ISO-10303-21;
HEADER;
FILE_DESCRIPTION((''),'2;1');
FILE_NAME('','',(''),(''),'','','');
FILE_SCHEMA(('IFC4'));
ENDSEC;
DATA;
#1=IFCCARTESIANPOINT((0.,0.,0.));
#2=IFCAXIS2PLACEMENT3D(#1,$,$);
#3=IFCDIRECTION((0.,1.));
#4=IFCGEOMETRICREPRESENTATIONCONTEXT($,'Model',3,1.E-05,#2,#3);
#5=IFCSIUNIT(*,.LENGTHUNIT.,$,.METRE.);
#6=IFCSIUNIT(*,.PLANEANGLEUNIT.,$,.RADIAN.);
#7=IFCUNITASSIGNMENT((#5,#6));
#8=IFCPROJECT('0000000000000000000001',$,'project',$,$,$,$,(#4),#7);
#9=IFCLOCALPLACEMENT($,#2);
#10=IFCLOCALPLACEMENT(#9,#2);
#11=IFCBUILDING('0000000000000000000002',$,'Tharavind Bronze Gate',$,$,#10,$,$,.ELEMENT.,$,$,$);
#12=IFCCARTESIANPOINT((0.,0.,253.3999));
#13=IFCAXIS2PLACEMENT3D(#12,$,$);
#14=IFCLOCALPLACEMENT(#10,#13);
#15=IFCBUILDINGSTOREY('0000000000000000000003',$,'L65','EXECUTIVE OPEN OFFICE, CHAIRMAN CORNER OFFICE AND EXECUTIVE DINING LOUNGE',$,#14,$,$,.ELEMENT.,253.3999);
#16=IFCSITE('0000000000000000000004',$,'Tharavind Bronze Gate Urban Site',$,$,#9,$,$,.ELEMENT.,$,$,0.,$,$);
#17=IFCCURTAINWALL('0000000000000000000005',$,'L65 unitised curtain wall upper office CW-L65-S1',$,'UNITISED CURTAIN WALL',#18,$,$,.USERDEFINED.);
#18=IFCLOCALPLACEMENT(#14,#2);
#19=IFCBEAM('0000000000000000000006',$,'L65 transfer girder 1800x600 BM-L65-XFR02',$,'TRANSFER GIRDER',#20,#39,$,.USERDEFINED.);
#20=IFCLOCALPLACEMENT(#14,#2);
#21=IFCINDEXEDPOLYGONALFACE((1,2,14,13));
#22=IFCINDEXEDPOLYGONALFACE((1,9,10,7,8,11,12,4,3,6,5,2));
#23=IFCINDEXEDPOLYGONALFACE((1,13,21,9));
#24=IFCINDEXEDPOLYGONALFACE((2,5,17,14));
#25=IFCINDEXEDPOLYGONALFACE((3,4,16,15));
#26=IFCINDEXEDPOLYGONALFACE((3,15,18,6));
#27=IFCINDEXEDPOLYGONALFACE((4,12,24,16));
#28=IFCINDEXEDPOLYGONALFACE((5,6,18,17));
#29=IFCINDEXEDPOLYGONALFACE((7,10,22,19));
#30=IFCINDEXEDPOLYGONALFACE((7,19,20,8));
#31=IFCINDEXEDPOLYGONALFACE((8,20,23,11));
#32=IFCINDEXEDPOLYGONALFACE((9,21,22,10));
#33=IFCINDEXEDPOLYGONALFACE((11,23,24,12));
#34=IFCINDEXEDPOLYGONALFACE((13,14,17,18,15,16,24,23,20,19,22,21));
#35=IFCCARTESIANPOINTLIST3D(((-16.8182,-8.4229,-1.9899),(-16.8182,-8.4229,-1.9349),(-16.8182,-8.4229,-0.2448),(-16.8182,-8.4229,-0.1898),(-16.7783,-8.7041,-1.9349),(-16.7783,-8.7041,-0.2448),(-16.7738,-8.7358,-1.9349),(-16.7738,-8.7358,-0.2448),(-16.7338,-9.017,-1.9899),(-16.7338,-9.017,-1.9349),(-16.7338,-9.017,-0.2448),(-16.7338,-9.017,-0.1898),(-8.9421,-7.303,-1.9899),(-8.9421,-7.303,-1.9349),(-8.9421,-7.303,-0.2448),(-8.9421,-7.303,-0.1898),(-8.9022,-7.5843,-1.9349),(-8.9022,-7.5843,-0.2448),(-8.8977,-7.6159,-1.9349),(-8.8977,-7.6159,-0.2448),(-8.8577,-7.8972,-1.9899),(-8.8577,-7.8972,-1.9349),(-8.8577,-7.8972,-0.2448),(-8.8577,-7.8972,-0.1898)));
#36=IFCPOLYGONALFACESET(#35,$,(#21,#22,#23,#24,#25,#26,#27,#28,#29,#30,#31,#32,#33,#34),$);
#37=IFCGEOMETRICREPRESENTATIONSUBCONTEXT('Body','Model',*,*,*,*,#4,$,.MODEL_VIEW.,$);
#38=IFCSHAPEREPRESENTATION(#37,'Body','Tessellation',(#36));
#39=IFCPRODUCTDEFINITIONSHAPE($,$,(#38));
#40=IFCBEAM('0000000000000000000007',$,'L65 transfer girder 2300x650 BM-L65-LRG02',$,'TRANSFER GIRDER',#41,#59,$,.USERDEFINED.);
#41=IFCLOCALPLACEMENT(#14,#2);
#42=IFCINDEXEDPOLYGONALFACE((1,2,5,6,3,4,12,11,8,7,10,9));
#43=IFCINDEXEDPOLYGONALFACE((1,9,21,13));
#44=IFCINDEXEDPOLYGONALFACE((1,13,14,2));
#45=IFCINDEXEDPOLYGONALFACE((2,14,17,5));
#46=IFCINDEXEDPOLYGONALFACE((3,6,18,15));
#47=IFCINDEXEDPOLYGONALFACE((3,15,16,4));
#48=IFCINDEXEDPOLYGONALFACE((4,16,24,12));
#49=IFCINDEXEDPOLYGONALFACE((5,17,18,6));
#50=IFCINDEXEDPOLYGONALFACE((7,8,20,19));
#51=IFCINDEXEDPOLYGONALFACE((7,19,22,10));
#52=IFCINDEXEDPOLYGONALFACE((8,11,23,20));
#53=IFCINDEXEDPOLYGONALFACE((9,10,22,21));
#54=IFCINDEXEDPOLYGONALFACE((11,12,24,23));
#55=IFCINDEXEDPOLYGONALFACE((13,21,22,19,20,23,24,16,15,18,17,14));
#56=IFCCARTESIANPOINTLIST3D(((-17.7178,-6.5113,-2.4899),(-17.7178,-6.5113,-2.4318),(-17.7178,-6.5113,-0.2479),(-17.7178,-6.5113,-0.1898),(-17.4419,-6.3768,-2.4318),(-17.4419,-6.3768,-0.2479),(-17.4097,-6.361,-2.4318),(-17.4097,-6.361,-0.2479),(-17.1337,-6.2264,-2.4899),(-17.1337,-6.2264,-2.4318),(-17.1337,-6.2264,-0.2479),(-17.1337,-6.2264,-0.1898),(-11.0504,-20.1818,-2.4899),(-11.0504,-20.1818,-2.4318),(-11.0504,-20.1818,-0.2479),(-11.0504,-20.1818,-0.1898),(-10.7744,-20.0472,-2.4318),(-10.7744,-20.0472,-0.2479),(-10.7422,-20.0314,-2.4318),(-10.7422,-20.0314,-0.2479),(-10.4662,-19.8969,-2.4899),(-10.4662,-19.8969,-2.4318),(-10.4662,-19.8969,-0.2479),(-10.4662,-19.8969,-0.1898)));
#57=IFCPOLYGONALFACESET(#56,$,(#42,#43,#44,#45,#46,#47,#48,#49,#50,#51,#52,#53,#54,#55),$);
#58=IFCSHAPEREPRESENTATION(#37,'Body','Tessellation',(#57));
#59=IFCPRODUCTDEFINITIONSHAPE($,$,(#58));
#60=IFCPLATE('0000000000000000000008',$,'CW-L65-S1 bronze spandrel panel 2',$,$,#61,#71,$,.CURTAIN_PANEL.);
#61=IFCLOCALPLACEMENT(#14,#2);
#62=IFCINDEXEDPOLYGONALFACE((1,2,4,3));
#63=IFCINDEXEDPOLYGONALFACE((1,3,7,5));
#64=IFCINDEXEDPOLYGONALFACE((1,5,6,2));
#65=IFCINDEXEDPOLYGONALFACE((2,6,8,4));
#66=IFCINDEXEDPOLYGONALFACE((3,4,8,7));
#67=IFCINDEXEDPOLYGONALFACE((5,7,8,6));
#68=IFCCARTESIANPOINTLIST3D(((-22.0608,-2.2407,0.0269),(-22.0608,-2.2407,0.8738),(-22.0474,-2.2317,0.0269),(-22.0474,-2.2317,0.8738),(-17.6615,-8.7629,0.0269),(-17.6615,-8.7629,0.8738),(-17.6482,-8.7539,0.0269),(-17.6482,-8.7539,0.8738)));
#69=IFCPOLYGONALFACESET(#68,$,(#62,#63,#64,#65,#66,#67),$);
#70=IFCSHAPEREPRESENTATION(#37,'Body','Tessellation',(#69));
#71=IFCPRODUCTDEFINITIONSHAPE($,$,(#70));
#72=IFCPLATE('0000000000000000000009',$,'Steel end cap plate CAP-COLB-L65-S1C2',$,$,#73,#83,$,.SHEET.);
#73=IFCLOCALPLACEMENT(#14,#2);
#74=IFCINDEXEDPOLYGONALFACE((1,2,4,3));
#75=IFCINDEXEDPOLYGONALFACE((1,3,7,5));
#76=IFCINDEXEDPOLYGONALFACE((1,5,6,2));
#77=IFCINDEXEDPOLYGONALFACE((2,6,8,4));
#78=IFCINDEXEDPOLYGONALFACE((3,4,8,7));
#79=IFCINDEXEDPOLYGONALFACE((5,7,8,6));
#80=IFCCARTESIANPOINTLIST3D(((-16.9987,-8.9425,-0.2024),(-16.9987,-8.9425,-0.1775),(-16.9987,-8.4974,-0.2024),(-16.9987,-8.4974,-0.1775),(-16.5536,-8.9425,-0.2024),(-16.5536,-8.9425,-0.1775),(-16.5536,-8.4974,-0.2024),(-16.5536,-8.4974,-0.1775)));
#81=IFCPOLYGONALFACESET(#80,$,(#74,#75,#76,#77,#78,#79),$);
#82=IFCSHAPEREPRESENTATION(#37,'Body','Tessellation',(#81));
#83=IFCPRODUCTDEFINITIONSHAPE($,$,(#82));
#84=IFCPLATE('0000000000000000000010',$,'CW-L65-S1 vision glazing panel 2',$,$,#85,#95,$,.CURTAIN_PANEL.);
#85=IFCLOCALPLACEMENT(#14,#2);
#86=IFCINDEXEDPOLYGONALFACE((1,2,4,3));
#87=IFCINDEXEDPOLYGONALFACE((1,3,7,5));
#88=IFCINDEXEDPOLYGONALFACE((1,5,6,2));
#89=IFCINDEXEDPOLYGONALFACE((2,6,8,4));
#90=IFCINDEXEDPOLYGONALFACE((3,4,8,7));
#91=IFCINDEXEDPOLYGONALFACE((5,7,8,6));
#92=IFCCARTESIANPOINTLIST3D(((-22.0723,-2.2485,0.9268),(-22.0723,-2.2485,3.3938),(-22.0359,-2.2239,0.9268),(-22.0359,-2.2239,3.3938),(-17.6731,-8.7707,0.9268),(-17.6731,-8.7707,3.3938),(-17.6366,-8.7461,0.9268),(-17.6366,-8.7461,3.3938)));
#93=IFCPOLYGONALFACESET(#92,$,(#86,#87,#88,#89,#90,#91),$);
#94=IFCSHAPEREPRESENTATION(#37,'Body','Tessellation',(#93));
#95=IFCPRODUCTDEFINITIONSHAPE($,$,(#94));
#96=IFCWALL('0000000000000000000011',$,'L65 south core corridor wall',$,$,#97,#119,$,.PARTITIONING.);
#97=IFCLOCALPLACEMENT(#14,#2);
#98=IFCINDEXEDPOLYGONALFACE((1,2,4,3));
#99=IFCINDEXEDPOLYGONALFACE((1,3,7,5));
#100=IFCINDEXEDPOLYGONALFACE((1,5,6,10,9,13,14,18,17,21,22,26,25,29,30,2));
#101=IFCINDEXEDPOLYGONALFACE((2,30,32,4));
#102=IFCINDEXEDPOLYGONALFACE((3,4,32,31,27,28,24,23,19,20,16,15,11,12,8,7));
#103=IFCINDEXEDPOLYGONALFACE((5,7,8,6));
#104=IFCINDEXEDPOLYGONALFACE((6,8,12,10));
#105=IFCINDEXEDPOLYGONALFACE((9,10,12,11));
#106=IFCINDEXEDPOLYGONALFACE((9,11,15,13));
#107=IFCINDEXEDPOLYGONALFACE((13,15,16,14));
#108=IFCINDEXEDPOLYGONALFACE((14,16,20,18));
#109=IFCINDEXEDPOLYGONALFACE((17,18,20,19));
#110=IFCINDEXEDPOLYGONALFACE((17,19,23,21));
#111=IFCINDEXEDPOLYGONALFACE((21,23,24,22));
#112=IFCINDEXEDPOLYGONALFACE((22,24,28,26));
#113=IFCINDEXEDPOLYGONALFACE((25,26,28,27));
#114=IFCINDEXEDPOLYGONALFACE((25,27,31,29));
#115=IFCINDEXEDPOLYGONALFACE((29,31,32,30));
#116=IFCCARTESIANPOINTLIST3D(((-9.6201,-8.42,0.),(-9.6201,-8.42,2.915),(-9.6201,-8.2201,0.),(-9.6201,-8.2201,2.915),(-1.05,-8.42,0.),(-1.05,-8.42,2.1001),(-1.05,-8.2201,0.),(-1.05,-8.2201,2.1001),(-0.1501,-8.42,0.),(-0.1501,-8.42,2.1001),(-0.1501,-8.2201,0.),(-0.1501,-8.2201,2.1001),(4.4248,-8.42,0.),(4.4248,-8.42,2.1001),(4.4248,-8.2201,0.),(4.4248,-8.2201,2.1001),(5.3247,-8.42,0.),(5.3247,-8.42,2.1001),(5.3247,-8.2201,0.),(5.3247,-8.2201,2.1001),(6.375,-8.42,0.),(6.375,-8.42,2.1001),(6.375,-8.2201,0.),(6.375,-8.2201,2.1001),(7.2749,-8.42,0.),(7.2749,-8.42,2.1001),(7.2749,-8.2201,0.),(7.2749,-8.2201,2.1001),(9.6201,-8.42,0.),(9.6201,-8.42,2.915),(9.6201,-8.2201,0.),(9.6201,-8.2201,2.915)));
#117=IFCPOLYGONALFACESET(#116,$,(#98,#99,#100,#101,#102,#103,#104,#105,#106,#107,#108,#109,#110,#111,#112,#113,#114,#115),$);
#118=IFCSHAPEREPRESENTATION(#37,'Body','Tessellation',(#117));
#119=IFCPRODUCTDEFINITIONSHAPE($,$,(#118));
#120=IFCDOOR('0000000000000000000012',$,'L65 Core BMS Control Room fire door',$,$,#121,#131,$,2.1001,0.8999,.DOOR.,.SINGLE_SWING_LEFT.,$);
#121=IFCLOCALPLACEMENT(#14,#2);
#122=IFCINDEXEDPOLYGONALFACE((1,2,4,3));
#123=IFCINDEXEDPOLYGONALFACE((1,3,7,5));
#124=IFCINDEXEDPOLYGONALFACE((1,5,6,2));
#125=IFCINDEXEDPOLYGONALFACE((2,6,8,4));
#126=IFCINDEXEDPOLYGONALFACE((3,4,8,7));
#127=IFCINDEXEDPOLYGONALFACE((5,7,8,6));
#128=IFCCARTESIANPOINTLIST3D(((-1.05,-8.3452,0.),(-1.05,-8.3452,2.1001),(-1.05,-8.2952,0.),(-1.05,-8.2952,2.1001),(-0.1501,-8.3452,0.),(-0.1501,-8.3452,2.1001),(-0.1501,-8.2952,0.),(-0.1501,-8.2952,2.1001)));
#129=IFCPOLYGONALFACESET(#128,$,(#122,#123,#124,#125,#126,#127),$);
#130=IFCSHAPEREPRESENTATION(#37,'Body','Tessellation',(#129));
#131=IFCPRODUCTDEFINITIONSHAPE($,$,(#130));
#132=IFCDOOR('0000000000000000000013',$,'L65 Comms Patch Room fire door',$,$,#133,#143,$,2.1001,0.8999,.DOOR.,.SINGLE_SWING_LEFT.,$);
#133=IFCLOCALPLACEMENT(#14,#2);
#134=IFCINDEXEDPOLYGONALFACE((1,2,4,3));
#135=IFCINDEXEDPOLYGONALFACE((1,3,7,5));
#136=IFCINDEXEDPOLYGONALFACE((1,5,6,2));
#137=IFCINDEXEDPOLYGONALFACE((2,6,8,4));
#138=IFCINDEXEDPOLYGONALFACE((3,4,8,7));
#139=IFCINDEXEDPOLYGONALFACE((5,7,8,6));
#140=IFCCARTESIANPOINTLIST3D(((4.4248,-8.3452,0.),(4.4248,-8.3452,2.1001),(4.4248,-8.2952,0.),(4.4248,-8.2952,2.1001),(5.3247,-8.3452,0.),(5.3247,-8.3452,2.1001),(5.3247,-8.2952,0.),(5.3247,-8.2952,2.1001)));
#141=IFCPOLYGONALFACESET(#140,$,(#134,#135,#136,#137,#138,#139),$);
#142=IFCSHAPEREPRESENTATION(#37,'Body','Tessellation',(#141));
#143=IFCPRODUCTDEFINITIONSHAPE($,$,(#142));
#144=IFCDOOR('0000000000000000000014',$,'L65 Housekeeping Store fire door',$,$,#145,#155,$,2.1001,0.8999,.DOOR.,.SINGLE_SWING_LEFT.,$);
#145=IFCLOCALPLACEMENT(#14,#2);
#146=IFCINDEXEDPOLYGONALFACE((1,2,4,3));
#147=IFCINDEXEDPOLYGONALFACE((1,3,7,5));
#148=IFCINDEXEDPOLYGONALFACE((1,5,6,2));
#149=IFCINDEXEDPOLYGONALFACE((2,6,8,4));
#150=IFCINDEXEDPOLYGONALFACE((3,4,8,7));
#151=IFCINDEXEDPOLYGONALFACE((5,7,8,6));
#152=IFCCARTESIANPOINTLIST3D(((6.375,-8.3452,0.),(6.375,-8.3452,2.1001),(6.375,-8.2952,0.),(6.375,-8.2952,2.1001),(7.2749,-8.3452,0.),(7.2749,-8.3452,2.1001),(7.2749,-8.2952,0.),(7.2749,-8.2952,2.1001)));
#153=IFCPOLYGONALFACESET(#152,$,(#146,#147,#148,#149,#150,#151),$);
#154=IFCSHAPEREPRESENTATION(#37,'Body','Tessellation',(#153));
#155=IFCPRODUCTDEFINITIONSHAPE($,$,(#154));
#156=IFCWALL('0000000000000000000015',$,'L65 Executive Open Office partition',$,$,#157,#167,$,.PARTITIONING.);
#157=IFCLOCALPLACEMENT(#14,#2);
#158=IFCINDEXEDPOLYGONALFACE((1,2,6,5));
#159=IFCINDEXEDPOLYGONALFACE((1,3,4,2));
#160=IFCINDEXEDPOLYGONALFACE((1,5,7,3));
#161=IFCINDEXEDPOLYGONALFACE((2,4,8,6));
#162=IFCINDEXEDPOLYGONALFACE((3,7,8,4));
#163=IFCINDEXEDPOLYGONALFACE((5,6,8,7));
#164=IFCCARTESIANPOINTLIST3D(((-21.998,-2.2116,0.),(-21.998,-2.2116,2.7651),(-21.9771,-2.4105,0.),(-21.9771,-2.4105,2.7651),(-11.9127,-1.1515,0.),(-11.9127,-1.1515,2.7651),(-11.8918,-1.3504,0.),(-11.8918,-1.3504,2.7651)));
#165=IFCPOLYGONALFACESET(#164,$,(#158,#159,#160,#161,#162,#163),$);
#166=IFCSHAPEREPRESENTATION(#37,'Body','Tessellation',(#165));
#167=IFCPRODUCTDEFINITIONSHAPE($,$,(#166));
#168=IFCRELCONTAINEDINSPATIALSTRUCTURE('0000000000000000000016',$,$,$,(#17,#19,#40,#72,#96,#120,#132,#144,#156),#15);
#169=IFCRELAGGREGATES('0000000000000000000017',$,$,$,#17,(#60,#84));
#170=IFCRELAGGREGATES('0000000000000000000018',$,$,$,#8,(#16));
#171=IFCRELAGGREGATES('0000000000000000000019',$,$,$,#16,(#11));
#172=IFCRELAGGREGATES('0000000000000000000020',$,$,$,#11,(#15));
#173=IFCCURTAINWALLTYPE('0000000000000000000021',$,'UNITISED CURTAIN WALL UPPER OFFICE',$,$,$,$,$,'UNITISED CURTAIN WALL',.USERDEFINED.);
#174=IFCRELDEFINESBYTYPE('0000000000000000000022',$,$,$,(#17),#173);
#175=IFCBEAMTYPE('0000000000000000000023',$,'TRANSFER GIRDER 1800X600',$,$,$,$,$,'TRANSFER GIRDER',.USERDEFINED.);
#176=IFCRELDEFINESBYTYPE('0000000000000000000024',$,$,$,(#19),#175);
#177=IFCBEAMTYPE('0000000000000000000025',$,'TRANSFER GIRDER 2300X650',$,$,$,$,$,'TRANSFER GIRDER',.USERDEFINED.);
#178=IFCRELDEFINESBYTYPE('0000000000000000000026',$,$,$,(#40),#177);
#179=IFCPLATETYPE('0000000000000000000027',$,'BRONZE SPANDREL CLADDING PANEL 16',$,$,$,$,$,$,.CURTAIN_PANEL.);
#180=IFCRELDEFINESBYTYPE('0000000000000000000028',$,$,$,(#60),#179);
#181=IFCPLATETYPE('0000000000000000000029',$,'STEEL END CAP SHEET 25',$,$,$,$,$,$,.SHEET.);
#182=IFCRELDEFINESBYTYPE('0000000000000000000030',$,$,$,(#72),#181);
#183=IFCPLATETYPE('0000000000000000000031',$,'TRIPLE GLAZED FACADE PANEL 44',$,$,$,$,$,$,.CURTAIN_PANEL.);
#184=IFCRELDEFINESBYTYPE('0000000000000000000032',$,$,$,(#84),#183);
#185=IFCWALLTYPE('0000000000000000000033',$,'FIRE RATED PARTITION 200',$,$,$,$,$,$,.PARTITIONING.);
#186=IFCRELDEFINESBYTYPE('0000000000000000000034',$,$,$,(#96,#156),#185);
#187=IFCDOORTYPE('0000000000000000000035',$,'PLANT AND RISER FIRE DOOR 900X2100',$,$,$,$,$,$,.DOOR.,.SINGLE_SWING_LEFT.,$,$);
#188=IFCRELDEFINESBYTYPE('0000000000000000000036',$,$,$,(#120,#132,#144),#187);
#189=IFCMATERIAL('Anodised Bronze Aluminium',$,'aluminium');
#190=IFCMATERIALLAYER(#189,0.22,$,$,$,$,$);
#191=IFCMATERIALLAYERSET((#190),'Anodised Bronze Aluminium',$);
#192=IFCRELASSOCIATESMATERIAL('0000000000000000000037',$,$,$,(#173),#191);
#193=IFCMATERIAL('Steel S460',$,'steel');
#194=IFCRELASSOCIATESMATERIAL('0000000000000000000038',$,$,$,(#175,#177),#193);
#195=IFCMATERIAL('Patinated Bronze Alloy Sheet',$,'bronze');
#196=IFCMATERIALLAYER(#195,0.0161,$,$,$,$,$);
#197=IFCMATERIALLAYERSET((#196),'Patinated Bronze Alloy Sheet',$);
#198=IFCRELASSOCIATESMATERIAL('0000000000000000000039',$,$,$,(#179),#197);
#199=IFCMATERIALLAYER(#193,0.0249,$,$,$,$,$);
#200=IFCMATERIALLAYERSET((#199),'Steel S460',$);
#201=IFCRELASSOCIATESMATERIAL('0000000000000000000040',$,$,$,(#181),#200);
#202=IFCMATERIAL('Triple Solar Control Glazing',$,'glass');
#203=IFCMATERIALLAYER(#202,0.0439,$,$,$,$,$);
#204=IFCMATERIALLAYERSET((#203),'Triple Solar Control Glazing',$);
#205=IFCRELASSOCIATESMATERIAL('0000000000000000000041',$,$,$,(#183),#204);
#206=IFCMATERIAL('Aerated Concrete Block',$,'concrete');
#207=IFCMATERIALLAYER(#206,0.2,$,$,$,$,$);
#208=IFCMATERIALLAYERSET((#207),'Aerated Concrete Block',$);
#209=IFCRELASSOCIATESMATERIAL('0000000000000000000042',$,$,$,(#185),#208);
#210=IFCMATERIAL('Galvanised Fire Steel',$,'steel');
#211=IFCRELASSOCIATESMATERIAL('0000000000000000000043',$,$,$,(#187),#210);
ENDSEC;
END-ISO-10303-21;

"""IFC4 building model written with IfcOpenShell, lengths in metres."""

from ifc_helpers import new_model, si_unit, direction, frame, frame_2d, origin, origin_2d, place, context, subcontext, project, spatial, rectangle, i_section, extrude, material, layer, layer_set, material_profile, profile_set, type_object, element, fill, aggregate, save


model = new_model("IFC4")

# Units and contexts
model_context = context("Model", 3, precision=1e-05, world=origin(), true_north=direction((0.0, 1.0)))
body_context = subcontext(model_context, "Body", "Model", "MODEL_VIEW")
ifc_project = project(units=[si_unit("LENGTHUNIT", "METRE"), si_unit("PLANEANGLEUNIT", "RADIAN")], contexts=[model_context])

# Site, building, storey
site_placement = place(None, origin())
site = spatial("IfcSite", under=ifc_project, at=site_placement, Name="Tharavind Bronze Gate Urban Site", CompositionType="ELEMENT", RefElevation=0.0)
building_placement = place(site_placement, origin())
building = spatial("IfcBuilding", under=site, at=building_placement, Name="Tharavind Bronze Gate", CompositionType="ELEMENT")
storey_placement = place(building_placement, frame((0.0, 0.0, 253.3999)))
storey = spatial("IfcBuildingStorey", under=building, at=storey_placement, Name="L65", Description="EXECUTIVE OPEN OFFICE, CHAIRMAN CORNER OFFICE AND EXECUTIVE DINING LOUNGE", CompositionType="ELEMENT", Elevation=253.3999)

# Shared definitions
ifc_material_1 = material(Name="Steel S460", Category="steel")

# Curtain wall
ifc_material_2 = material(Name="Anodised Bronze Aluminium", Category="aluminium")
ifc_layer_1 = layer(ifc_material_2, 0.22)
ifc_layer_set_1 = layer_set([ifc_layer_1], Name="Anodised Bronze Aluminium")
curtain_wall_type = type_object("IfcCurtainWallType", Name="UNITISED CURTAIN WALL UPPER OFFICE", ElementType="UNITISED CURTAIN WALL", PredefinedType="USERDEFINED", material=ifc_layer_set_1)
curtain_wall_placement = place(storey_placement, origin())
curtain_wall = element("IfcCurtainWall", 1, at=curtain_wall_placement, inside=storey, type_object=curtain_wall_type, Name="L65 unitised curtain wall upper office CW-L65-S1", ObjectType="UNITISED CURTAIN WALL", PredefinedType="USERDEFINED")

# Beams
ifc_material_profile_1 = material_profile(ifc_material_1, i_section(OverallWidth=0.6001, OverallDepth=1.8, WebThickness=0.032, FlangeThickness=0.0549, at=origin_2d()), Name="PG1800X600")
ifc_profile_set_1 = profile_set([ifc_material_profile_1], Name="Steel S460")
beam_type_1 = type_object("IfcBeamType", Name="TRANSFER GIRDER 1800X600", ElementType="TRANSFER GIRDER", PredefinedType="USERDEFINED", material=ifc_profile_set_1)
beam_1_placement = place(storey_placement, frame((-8.8999, -7.6001, -1.0898), z_axis=(-0.990043, -0.140768, 0.0), x_axis=(0.140768, -0.990043, 0.0)))
element("IfcBeam", 2, at=beam_1_placement, inside=storey, type_object=beam_type_1, Name="L65 transfer girder 1800x600 BM-L65-XFR02", ObjectType="TRANSFER GIRDER", PredefinedType="USERDEFINED", context=body_context, shape_type="SweptSolid", body=[
    extrude(i_section(OverallWidth=0.6001, OverallDepth=1.8, WebThickness=0.032, FlangeThickness=0.0549, at=origin_2d()), origin(), (0.0, 0.0, 1.0), 7.9553),
])
ifc_material_profile_2 = material_profile(ifc_material_1, i_section(OverallWidth=0.6499, OverallDepth=2.3, WebThickness=0.0359, FlangeThickness=0.0581, at=origin_2d()), Name="PG2300X650")
ifc_profile_set_2 = profile_set([ifc_material_profile_2], Name="Steel S460")
beam_type_2 = type_object("IfcBeamType", Name="TRANSFER GIRDER 2300X650", ElementType="TRANSFER GIRDER", PredefinedType="USERDEFINED", material=ifc_profile_set_2)
beam_2_placement = place(storey_placement, frame((-17.4258, -6.3689, -1.3398), z_axis=(0.43837, -0.898795, 0.0), x_axis=(0.898795, 0.43837, 0.0)))
element("IfcBeam", 3, at=beam_2_placement, inside=storey, type_object=beam_type_2, Name="L65 transfer girder 2300x650 BM-L65-LRG02", ObjectType="TRANSFER GIRDER", PredefinedType="USERDEFINED", context=body_context, shape_type="SweptSolid", body=[
    extrude(i_section(OverallWidth=0.6499, OverallDepth=2.3, WebThickness=0.0359, FlangeThickness=0.0581, at=origin_2d()), origin(), (0.0, 0.0, 1.0), 15.2097),
])

# Plates
ifc_material_3 = material(Name="Patinated Bronze Alloy Sheet", Category="bronze")
ifc_layer_2 = layer(ifc_material_3, 0.0161)
ifc_layer_set_2 = layer_set([ifc_layer_2], Name="Patinated Bronze Alloy Sheet")
plate_type_1 = type_object("IfcPlateType", Name="BRONZE SPANDREL CLADDING PANEL 16", PredefinedType="CURTAIN_PANEL", material=ifc_layer_set_2)
plate_1_placement = place(storey_placement, frame((-19.8545, -5.4973, 0.0269), z_axis=(0.0, 0.0, 1.0), x_axis=(0.559191, -0.829039, 0.0)))
plate_1 = element("IfcPlate", 4, at=plate_1_placement, type_object=plate_type_1, Name="CW-L65-S1 bronze spandrel panel 2", PredefinedType="CURTAIN_PANEL", context=body_context, shape_type="SweptSolid", body=[
    extrude(rectangle(XDim=7.8672, YDim=0.0161, at=origin_2d()), origin(), (0.0, 0.0, 1.0), 0.8469),
])
ifc_layer_3 = layer(ifc_material_1, 0.0249)
ifc_layer_set_3 = layer_set([ifc_layer_3], Name="Steel S460")
plate_type_2 = type_object("IfcPlateType", Name="STEEL END CAP SHEET 25", PredefinedType="SHEET", material=ifc_layer_set_3)
plate_2_placement = place(storey_placement, frame((-16.7761, -8.72, -0.2024), z_axis=(0.0, 0.0, 1.0), x_axis=(1.0, 0.0, 0.0)))
element("IfcPlate", 5, at=plate_2_placement, inside=storey, type_object=plate_type_2, Name="Steel end cap plate CAP-COLB-L65-S1C2", PredefinedType="SHEET", context=body_context, shape_type="SweptSolid", body=[
    extrude(rectangle(XDim=0.4451, YDim=0.4451, at=origin_2d()), origin(), (0.0, 0.0, 1.0), 0.0249),
])
ifc_material_4 = material(Name="Triple Solar Control Glazing", Category="glass")
ifc_layer_4 = layer(ifc_material_4, 0.0439)
ifc_layer_set_4 = layer_set([ifc_layer_4], Name="Triple Solar Control Glazing")
plate_type_3 = type_object("IfcPlateType", Name="TRIPLE GLAZED FACADE PANEL 44", PredefinedType="CURTAIN_PANEL", material=ifc_layer_set_4)
plate_3_placement = place(storey_placement, frame((-19.8545, -5.4973, 0.9268), z_axis=(0.0, 0.0, 1.0), x_axis=(0.559191, -0.829039, 0.0)))
plate_3 = element("IfcPlate", 6, at=plate_3_placement, type_object=plate_type_3, Name="CW-L65-S1 vision glazing panel 2", PredefinedType="CURTAIN_PANEL", context=body_context, shape_type="SweptSolid", body=[
    extrude(rectangle(XDim=7.8672, YDim=0.0439, at=origin_2d()), origin(), (0.0, 0.0, 1.0), 2.467),
])
aggregate(curtain_wall, [plate_1, plate_3])

# Wall, openings, doors
ifc_material_5 = material(Name="Aerated Concrete Block", Category="concrete")
ifc_layer_5 = layer(ifc_material_5, 0.2)
ifc_layer_set_5 = layer_set([ifc_layer_5], Name="Aerated Concrete Block")
wall_type_1 = type_object("IfcWallType", Name="FIRE RATED PARTITION 200", PredefinedType="PARTITIONING", material=ifc_layer_set_5)
wall_1_placement = place(storey_placement, frame((-9.6201, -8.3201, 0.0), z_axis=(0.0, 0.0, 1.0), x_axis=(1.0, 0.0, 0.0)))
wall_1 = element("IfcWall", 7, at=wall_1_placement, inside=storey, type_object=wall_type_1, Name="L65 south core corridor wall", PredefinedType="PARTITIONING", context=body_context, shape_type="SweptSolid", body=[
    extrude(rectangle(XDim=19.2402, YDim=0.2, at=frame_2d((9.6201, 0.0))), origin(), (0.0, 0.0, 1.0), 2.915),
])
opening_1_placement = place(wall_1_placement, frame((8.5701, 0.0, 0.0)))
opening_1 = element("IfcOpeningElement", 8, at=opening_1_placement, cuts=wall_1, PredefinedType="OPENING", context=body_context, shape_type="SweptSolid", body=[
    extrude(rectangle(XDim=0.8999, YDim=2.1001, at=frame_2d((0.45, 1.05))), frame((0.0, 0.1101, 0.0), z_axis=(0.0, -1.0, 0.0), x_axis=(1.0, 0.0, 0.0)), (0.0, 0.0, 1.0), 0.22),
])
opening_2_placement = place(wall_1_placement, frame((14.0449, 0.0, 0.0)))
opening_2 = element("IfcOpeningElement", 9, at=opening_2_placement, cuts=wall_1, PredefinedType="OPENING", context=body_context, shape_type="SweptSolid", body=[
    extrude(rectangle(XDim=0.8999, YDim=2.1001, at=frame_2d((0.45, 1.05))), frame((0.0, 0.1101, 0.0), z_axis=(0.0, -1.0, 0.0), x_axis=(1.0, 0.0, 0.0)), (0.0, 0.0, 1.0), 0.22),
])
opening_3_placement = place(wall_1_placement, frame((15.9951, 0.0, 0.0)))
opening_3 = element("IfcOpeningElement", 10, at=opening_3_placement, cuts=wall_1, PredefinedType="OPENING", context=body_context, shape_type="SweptSolid", body=[
    extrude(rectangle(XDim=0.8999, YDim=2.1001, at=frame_2d((0.45, 1.05))), frame((0.0, 0.1101, 0.0), z_axis=(0.0, -1.0, 0.0), x_axis=(1.0, 0.0, 0.0)), (0.0, 0.0, 1.0), 0.22),
])
ifc_material_6 = material(Name="Galvanised Fire Steel", Category="steel")
door_type_1 = type_object("IfcDoorType", Name="PLANT AND RISER FIRE DOOR 900X2100", OperationType="SINGLE_SWING_LEFT", PredefinedType="DOOR", material=ifc_material_6)
door_1_placement = place(opening_1_placement, origin())
door_1 = element("IfcDoor", 11, at=door_1_placement, inside=storey, type_object=door_type_1, Name="L65 Core BMS Control Room fire door", OperationType="SINGLE_SWING_LEFT", OverallHeight=2.1001, OverallWidth=0.8999, PredefinedType="DOOR", context=body_context, shape_type="SweptSolid", body=[
    extrude(rectangle(XDim=0.8999, YDim=2.1001, at=frame_2d((0.45, 1.05))), frame((0.0, 0.0249, 0.0), z_axis=(0.0, -1.0, 0.0), x_axis=(1.0, 0.0, 0.0)), (0.0, 0.0, 1.0), 0.05),
])
fill(opening_1, door_1)
door_2_placement = place(opening_2_placement, origin())
door_2 = element("IfcDoor", 12, at=door_2_placement, inside=storey, type_object=door_type_1, Name="L65 Comms Patch Room fire door", OperationType="SINGLE_SWING_LEFT", OverallHeight=2.1001, OverallWidth=0.8999, PredefinedType="DOOR", context=body_context, shape_type="SweptSolid", body=[
    extrude(rectangle(XDim=0.8999, YDim=2.1001, at=frame_2d((0.45, 1.05))), frame((0.0, 0.0249, 0.0), z_axis=(0.0, -1.0, 0.0), x_axis=(1.0, 0.0, 0.0)), (0.0, 0.0, 1.0), 0.05),
])
fill(opening_2, door_2)
door_3_placement = place(opening_3_placement, origin())
door_3 = element("IfcDoor", 13, at=door_3_placement, inside=storey, type_object=door_type_1, Name="L65 Housekeeping Store fire door", OperationType="SINGLE_SWING_LEFT", OverallHeight=2.1001, OverallWidth=0.8999, PredefinedType="DOOR", context=body_context, shape_type="SweptSolid", body=[
    extrude(rectangle(XDim=0.8999, YDim=2.1001, at=frame_2d((0.45, 1.05))), frame((0.0, 0.0249, 0.0), z_axis=(0.0, -1.0, 0.0), x_axis=(1.0, 0.0, 0.0)), (0.0, 0.0, 1.0), 0.05),
])
fill(opening_3, door_3)

# Wall
wall_2_placement = place(storey_placement, frame((-11.9023, -1.251, 0.0), z_axis=(0.0, 0.0, 1.0), x_axis=(-0.994521, -0.104534, 0.0)))
element("IfcWall", 14, at=wall_2_placement, inside=storey, type_object=wall_type_1, Name="L65 Executive Open Office partition", PredefinedType="PARTITIONING", context=body_context, shape_type="SweptSolid", body=[
    extrude(rectangle(XDim=10.1409, YDim=0.2, at=frame_2d((5.0703, 0.0))), origin(), (0.0, 0.0, 1.0), 2.7651),
])

save(model, "model.ifc")
